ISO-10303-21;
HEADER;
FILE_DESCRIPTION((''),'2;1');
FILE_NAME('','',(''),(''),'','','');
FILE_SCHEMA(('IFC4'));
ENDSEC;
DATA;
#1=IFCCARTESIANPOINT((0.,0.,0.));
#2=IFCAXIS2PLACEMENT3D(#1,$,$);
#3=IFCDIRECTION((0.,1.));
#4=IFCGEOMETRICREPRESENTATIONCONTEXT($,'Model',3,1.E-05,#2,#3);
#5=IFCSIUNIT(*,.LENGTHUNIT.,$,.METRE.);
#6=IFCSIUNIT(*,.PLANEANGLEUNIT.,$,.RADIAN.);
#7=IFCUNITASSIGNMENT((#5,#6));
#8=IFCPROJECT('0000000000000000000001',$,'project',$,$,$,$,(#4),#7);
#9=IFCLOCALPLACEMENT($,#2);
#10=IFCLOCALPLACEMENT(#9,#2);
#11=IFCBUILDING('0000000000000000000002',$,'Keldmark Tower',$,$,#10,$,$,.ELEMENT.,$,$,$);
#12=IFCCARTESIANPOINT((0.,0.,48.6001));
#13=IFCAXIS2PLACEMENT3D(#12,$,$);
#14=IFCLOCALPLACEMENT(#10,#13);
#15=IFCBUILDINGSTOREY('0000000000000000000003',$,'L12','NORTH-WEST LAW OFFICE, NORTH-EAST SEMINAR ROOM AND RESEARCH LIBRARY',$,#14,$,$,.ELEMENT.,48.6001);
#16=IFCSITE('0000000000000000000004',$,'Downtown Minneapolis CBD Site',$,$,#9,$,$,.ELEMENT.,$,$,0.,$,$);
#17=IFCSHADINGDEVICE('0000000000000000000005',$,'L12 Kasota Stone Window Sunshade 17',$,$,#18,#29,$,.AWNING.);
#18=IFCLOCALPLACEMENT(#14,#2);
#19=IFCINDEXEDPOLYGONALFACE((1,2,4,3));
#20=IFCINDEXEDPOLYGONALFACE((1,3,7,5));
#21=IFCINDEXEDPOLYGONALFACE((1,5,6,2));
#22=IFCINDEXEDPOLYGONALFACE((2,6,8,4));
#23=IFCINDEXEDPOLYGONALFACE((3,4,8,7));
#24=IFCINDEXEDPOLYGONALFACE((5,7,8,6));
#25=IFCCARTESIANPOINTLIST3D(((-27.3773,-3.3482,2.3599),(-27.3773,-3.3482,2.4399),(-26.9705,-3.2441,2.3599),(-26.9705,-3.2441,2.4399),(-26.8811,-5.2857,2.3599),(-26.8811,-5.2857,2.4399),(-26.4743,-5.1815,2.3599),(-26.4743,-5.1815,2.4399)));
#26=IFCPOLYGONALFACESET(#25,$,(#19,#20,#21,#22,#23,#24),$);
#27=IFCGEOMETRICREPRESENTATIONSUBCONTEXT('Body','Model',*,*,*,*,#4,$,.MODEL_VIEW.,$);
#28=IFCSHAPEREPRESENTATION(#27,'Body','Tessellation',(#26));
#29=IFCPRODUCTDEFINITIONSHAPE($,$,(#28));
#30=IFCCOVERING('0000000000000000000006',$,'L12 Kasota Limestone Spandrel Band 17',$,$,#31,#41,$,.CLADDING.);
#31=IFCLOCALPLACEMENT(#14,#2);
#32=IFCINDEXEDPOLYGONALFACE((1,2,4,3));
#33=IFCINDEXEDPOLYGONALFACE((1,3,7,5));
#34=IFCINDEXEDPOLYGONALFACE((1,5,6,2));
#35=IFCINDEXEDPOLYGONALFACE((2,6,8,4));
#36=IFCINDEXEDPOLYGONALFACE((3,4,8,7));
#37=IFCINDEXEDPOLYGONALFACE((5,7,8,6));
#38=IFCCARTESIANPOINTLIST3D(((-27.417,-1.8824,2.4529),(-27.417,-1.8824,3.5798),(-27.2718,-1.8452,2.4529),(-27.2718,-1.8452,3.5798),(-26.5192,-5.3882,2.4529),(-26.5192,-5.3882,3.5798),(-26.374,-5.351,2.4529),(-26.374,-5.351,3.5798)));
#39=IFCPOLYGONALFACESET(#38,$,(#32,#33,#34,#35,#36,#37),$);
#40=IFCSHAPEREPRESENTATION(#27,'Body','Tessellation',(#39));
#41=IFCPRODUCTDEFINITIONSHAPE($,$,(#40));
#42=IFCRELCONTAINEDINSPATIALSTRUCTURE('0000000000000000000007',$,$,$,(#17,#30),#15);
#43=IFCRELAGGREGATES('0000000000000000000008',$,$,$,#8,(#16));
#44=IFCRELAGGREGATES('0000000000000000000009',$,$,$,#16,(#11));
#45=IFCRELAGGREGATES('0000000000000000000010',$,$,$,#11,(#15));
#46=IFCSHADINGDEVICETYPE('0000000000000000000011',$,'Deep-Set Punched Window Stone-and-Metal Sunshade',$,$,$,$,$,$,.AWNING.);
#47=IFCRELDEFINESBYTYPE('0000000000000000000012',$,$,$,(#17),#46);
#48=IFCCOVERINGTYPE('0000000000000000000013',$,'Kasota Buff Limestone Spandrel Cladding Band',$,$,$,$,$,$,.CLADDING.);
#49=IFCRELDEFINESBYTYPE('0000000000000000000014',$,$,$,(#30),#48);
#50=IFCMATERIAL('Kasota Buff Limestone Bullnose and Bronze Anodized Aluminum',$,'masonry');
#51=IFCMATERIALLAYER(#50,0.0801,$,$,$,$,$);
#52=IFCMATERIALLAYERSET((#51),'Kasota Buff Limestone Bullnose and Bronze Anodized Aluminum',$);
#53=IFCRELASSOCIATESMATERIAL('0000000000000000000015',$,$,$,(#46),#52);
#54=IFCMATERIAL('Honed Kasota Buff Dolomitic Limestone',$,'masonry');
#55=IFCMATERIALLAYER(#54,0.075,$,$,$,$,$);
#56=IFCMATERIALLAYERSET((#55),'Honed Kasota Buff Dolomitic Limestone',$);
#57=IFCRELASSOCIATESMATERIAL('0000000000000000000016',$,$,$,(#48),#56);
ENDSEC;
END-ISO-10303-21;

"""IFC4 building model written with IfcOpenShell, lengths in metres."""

from ifc_helpers import new_model, si_unit, direction, frame, origin, origin_2d, place, context, subcontext, project, spatial, rectangle, extrude, material, layer, layer_set, type_object, element, save


model = new_model("IFC4")

# Units and contexts
model_context = context("Model", 3, precision=1e-05, world=origin(), true_north=direction((0.0, 1.0)))
body_context = subcontext(model_context, "Body", "Model", "MODEL_VIEW")
ifc_project = project(units=[si_unit("LENGTHUNIT", "METRE"), si_unit("PLANEANGLEUNIT", "RADIAN")], contexts=[model_context])

# Site, building, storey
site_placement = place(None, origin())
site = spatial("IfcSite", under=ifc_project, at=site_placement, Name="Downtown Minneapolis CBD Site", CompositionType="ELEMENT", RefElevation=0.0)
building_placement = place(site_placement, origin())
building = spatial("IfcBuilding", under=site, at=building_placement, Name="Keldmark Tower", CompositionType="ELEMENT")
storey_placement = place(building_placement, frame((0.0, 0.0, 48.6001)))
storey = spatial("IfcBuildingStorey", under=building, at=storey_placement, Name="L12", Description="NORTH-WEST LAW OFFICE, NORTH-EAST SEMINAR ROOM AND RESEARCH LIBRARY", CompositionType="ELEMENT", Elevation=48.6001)

# Shading device
ifc_material_1 = material(Name="Kasota Buff Limestone Bullnose and Bronze Anodized Aluminum", Category="masonry")
ifc_layer_1 = layer(ifc_material_1, 0.0801)
ifc_layer_set_1 = layer_set([ifc_layer_1], Name="Kasota Buff Limestone Bullnose and Bronze Anodized Aluminum")
shading_device_type = type_object("IfcShadingDeviceType", Name="Deep-Set Punched Window Stone-and-Metal Sunshade", PredefinedType="AWNING", material=ifc_layer_set_1)
shading_device_placement = place(storey_placement, frame((-26.9258, -4.2649, 2.3599), z_axis=(0.0, 0.0, 1.0), x_axis=(-0.248098, 0.968735, 0.0)))
element("IfcShadingDevice", 1, at=shading_device_placement, inside=storey, type_object=shading_device_type, Name="L12 Kasota Stone Window Sunshade 17", PredefinedType="AWNING", context=body_context, shape_type="SweptSolid", body=[
    extrude(rectangle(XDim=2.0, YDim=0.4199, at=origin_2d()), origin(), (0.0, 0.0, 1.0), 0.0801),
])

# Covering
ifc_material_2 = material(Name="Honed Kasota Buff Dolomitic Limestone", Category="masonry")
ifc_layer_2 = layer(ifc_material_2, 0.075)
ifc_layer_set_2 = layer_set([ifc_layer_2], Name="Honed Kasota Buff Dolomitic Limestone")
covering_type = type_object("IfcCoveringType", Name="Kasota Buff Limestone Spandrel Cladding Band", PredefinedType="CLADDING", material=ifc_layer_set_2)
covering_placement = place(storey_placement, frame((-26.8955, -3.6167, 2.4529), z_axis=(0.0, 0.0, 1.0), x_axis=(0.248098, -0.968735, 0.0)))
element("IfcCovering", 2, at=covering_placement, inside=storey, type_object=covering_type, Name="L12 Kasota Limestone Spandrel Band 17", PredefinedType="CLADDING", context=body_context, shape_type="SweptSolid", body=[
    extrude(rectangle(XDim=3.6189, YDim=0.1499, at=origin_2d()), origin(), (0.0, 0.0, 1.0), 1.127),
])

save(model, "model.ifc")
